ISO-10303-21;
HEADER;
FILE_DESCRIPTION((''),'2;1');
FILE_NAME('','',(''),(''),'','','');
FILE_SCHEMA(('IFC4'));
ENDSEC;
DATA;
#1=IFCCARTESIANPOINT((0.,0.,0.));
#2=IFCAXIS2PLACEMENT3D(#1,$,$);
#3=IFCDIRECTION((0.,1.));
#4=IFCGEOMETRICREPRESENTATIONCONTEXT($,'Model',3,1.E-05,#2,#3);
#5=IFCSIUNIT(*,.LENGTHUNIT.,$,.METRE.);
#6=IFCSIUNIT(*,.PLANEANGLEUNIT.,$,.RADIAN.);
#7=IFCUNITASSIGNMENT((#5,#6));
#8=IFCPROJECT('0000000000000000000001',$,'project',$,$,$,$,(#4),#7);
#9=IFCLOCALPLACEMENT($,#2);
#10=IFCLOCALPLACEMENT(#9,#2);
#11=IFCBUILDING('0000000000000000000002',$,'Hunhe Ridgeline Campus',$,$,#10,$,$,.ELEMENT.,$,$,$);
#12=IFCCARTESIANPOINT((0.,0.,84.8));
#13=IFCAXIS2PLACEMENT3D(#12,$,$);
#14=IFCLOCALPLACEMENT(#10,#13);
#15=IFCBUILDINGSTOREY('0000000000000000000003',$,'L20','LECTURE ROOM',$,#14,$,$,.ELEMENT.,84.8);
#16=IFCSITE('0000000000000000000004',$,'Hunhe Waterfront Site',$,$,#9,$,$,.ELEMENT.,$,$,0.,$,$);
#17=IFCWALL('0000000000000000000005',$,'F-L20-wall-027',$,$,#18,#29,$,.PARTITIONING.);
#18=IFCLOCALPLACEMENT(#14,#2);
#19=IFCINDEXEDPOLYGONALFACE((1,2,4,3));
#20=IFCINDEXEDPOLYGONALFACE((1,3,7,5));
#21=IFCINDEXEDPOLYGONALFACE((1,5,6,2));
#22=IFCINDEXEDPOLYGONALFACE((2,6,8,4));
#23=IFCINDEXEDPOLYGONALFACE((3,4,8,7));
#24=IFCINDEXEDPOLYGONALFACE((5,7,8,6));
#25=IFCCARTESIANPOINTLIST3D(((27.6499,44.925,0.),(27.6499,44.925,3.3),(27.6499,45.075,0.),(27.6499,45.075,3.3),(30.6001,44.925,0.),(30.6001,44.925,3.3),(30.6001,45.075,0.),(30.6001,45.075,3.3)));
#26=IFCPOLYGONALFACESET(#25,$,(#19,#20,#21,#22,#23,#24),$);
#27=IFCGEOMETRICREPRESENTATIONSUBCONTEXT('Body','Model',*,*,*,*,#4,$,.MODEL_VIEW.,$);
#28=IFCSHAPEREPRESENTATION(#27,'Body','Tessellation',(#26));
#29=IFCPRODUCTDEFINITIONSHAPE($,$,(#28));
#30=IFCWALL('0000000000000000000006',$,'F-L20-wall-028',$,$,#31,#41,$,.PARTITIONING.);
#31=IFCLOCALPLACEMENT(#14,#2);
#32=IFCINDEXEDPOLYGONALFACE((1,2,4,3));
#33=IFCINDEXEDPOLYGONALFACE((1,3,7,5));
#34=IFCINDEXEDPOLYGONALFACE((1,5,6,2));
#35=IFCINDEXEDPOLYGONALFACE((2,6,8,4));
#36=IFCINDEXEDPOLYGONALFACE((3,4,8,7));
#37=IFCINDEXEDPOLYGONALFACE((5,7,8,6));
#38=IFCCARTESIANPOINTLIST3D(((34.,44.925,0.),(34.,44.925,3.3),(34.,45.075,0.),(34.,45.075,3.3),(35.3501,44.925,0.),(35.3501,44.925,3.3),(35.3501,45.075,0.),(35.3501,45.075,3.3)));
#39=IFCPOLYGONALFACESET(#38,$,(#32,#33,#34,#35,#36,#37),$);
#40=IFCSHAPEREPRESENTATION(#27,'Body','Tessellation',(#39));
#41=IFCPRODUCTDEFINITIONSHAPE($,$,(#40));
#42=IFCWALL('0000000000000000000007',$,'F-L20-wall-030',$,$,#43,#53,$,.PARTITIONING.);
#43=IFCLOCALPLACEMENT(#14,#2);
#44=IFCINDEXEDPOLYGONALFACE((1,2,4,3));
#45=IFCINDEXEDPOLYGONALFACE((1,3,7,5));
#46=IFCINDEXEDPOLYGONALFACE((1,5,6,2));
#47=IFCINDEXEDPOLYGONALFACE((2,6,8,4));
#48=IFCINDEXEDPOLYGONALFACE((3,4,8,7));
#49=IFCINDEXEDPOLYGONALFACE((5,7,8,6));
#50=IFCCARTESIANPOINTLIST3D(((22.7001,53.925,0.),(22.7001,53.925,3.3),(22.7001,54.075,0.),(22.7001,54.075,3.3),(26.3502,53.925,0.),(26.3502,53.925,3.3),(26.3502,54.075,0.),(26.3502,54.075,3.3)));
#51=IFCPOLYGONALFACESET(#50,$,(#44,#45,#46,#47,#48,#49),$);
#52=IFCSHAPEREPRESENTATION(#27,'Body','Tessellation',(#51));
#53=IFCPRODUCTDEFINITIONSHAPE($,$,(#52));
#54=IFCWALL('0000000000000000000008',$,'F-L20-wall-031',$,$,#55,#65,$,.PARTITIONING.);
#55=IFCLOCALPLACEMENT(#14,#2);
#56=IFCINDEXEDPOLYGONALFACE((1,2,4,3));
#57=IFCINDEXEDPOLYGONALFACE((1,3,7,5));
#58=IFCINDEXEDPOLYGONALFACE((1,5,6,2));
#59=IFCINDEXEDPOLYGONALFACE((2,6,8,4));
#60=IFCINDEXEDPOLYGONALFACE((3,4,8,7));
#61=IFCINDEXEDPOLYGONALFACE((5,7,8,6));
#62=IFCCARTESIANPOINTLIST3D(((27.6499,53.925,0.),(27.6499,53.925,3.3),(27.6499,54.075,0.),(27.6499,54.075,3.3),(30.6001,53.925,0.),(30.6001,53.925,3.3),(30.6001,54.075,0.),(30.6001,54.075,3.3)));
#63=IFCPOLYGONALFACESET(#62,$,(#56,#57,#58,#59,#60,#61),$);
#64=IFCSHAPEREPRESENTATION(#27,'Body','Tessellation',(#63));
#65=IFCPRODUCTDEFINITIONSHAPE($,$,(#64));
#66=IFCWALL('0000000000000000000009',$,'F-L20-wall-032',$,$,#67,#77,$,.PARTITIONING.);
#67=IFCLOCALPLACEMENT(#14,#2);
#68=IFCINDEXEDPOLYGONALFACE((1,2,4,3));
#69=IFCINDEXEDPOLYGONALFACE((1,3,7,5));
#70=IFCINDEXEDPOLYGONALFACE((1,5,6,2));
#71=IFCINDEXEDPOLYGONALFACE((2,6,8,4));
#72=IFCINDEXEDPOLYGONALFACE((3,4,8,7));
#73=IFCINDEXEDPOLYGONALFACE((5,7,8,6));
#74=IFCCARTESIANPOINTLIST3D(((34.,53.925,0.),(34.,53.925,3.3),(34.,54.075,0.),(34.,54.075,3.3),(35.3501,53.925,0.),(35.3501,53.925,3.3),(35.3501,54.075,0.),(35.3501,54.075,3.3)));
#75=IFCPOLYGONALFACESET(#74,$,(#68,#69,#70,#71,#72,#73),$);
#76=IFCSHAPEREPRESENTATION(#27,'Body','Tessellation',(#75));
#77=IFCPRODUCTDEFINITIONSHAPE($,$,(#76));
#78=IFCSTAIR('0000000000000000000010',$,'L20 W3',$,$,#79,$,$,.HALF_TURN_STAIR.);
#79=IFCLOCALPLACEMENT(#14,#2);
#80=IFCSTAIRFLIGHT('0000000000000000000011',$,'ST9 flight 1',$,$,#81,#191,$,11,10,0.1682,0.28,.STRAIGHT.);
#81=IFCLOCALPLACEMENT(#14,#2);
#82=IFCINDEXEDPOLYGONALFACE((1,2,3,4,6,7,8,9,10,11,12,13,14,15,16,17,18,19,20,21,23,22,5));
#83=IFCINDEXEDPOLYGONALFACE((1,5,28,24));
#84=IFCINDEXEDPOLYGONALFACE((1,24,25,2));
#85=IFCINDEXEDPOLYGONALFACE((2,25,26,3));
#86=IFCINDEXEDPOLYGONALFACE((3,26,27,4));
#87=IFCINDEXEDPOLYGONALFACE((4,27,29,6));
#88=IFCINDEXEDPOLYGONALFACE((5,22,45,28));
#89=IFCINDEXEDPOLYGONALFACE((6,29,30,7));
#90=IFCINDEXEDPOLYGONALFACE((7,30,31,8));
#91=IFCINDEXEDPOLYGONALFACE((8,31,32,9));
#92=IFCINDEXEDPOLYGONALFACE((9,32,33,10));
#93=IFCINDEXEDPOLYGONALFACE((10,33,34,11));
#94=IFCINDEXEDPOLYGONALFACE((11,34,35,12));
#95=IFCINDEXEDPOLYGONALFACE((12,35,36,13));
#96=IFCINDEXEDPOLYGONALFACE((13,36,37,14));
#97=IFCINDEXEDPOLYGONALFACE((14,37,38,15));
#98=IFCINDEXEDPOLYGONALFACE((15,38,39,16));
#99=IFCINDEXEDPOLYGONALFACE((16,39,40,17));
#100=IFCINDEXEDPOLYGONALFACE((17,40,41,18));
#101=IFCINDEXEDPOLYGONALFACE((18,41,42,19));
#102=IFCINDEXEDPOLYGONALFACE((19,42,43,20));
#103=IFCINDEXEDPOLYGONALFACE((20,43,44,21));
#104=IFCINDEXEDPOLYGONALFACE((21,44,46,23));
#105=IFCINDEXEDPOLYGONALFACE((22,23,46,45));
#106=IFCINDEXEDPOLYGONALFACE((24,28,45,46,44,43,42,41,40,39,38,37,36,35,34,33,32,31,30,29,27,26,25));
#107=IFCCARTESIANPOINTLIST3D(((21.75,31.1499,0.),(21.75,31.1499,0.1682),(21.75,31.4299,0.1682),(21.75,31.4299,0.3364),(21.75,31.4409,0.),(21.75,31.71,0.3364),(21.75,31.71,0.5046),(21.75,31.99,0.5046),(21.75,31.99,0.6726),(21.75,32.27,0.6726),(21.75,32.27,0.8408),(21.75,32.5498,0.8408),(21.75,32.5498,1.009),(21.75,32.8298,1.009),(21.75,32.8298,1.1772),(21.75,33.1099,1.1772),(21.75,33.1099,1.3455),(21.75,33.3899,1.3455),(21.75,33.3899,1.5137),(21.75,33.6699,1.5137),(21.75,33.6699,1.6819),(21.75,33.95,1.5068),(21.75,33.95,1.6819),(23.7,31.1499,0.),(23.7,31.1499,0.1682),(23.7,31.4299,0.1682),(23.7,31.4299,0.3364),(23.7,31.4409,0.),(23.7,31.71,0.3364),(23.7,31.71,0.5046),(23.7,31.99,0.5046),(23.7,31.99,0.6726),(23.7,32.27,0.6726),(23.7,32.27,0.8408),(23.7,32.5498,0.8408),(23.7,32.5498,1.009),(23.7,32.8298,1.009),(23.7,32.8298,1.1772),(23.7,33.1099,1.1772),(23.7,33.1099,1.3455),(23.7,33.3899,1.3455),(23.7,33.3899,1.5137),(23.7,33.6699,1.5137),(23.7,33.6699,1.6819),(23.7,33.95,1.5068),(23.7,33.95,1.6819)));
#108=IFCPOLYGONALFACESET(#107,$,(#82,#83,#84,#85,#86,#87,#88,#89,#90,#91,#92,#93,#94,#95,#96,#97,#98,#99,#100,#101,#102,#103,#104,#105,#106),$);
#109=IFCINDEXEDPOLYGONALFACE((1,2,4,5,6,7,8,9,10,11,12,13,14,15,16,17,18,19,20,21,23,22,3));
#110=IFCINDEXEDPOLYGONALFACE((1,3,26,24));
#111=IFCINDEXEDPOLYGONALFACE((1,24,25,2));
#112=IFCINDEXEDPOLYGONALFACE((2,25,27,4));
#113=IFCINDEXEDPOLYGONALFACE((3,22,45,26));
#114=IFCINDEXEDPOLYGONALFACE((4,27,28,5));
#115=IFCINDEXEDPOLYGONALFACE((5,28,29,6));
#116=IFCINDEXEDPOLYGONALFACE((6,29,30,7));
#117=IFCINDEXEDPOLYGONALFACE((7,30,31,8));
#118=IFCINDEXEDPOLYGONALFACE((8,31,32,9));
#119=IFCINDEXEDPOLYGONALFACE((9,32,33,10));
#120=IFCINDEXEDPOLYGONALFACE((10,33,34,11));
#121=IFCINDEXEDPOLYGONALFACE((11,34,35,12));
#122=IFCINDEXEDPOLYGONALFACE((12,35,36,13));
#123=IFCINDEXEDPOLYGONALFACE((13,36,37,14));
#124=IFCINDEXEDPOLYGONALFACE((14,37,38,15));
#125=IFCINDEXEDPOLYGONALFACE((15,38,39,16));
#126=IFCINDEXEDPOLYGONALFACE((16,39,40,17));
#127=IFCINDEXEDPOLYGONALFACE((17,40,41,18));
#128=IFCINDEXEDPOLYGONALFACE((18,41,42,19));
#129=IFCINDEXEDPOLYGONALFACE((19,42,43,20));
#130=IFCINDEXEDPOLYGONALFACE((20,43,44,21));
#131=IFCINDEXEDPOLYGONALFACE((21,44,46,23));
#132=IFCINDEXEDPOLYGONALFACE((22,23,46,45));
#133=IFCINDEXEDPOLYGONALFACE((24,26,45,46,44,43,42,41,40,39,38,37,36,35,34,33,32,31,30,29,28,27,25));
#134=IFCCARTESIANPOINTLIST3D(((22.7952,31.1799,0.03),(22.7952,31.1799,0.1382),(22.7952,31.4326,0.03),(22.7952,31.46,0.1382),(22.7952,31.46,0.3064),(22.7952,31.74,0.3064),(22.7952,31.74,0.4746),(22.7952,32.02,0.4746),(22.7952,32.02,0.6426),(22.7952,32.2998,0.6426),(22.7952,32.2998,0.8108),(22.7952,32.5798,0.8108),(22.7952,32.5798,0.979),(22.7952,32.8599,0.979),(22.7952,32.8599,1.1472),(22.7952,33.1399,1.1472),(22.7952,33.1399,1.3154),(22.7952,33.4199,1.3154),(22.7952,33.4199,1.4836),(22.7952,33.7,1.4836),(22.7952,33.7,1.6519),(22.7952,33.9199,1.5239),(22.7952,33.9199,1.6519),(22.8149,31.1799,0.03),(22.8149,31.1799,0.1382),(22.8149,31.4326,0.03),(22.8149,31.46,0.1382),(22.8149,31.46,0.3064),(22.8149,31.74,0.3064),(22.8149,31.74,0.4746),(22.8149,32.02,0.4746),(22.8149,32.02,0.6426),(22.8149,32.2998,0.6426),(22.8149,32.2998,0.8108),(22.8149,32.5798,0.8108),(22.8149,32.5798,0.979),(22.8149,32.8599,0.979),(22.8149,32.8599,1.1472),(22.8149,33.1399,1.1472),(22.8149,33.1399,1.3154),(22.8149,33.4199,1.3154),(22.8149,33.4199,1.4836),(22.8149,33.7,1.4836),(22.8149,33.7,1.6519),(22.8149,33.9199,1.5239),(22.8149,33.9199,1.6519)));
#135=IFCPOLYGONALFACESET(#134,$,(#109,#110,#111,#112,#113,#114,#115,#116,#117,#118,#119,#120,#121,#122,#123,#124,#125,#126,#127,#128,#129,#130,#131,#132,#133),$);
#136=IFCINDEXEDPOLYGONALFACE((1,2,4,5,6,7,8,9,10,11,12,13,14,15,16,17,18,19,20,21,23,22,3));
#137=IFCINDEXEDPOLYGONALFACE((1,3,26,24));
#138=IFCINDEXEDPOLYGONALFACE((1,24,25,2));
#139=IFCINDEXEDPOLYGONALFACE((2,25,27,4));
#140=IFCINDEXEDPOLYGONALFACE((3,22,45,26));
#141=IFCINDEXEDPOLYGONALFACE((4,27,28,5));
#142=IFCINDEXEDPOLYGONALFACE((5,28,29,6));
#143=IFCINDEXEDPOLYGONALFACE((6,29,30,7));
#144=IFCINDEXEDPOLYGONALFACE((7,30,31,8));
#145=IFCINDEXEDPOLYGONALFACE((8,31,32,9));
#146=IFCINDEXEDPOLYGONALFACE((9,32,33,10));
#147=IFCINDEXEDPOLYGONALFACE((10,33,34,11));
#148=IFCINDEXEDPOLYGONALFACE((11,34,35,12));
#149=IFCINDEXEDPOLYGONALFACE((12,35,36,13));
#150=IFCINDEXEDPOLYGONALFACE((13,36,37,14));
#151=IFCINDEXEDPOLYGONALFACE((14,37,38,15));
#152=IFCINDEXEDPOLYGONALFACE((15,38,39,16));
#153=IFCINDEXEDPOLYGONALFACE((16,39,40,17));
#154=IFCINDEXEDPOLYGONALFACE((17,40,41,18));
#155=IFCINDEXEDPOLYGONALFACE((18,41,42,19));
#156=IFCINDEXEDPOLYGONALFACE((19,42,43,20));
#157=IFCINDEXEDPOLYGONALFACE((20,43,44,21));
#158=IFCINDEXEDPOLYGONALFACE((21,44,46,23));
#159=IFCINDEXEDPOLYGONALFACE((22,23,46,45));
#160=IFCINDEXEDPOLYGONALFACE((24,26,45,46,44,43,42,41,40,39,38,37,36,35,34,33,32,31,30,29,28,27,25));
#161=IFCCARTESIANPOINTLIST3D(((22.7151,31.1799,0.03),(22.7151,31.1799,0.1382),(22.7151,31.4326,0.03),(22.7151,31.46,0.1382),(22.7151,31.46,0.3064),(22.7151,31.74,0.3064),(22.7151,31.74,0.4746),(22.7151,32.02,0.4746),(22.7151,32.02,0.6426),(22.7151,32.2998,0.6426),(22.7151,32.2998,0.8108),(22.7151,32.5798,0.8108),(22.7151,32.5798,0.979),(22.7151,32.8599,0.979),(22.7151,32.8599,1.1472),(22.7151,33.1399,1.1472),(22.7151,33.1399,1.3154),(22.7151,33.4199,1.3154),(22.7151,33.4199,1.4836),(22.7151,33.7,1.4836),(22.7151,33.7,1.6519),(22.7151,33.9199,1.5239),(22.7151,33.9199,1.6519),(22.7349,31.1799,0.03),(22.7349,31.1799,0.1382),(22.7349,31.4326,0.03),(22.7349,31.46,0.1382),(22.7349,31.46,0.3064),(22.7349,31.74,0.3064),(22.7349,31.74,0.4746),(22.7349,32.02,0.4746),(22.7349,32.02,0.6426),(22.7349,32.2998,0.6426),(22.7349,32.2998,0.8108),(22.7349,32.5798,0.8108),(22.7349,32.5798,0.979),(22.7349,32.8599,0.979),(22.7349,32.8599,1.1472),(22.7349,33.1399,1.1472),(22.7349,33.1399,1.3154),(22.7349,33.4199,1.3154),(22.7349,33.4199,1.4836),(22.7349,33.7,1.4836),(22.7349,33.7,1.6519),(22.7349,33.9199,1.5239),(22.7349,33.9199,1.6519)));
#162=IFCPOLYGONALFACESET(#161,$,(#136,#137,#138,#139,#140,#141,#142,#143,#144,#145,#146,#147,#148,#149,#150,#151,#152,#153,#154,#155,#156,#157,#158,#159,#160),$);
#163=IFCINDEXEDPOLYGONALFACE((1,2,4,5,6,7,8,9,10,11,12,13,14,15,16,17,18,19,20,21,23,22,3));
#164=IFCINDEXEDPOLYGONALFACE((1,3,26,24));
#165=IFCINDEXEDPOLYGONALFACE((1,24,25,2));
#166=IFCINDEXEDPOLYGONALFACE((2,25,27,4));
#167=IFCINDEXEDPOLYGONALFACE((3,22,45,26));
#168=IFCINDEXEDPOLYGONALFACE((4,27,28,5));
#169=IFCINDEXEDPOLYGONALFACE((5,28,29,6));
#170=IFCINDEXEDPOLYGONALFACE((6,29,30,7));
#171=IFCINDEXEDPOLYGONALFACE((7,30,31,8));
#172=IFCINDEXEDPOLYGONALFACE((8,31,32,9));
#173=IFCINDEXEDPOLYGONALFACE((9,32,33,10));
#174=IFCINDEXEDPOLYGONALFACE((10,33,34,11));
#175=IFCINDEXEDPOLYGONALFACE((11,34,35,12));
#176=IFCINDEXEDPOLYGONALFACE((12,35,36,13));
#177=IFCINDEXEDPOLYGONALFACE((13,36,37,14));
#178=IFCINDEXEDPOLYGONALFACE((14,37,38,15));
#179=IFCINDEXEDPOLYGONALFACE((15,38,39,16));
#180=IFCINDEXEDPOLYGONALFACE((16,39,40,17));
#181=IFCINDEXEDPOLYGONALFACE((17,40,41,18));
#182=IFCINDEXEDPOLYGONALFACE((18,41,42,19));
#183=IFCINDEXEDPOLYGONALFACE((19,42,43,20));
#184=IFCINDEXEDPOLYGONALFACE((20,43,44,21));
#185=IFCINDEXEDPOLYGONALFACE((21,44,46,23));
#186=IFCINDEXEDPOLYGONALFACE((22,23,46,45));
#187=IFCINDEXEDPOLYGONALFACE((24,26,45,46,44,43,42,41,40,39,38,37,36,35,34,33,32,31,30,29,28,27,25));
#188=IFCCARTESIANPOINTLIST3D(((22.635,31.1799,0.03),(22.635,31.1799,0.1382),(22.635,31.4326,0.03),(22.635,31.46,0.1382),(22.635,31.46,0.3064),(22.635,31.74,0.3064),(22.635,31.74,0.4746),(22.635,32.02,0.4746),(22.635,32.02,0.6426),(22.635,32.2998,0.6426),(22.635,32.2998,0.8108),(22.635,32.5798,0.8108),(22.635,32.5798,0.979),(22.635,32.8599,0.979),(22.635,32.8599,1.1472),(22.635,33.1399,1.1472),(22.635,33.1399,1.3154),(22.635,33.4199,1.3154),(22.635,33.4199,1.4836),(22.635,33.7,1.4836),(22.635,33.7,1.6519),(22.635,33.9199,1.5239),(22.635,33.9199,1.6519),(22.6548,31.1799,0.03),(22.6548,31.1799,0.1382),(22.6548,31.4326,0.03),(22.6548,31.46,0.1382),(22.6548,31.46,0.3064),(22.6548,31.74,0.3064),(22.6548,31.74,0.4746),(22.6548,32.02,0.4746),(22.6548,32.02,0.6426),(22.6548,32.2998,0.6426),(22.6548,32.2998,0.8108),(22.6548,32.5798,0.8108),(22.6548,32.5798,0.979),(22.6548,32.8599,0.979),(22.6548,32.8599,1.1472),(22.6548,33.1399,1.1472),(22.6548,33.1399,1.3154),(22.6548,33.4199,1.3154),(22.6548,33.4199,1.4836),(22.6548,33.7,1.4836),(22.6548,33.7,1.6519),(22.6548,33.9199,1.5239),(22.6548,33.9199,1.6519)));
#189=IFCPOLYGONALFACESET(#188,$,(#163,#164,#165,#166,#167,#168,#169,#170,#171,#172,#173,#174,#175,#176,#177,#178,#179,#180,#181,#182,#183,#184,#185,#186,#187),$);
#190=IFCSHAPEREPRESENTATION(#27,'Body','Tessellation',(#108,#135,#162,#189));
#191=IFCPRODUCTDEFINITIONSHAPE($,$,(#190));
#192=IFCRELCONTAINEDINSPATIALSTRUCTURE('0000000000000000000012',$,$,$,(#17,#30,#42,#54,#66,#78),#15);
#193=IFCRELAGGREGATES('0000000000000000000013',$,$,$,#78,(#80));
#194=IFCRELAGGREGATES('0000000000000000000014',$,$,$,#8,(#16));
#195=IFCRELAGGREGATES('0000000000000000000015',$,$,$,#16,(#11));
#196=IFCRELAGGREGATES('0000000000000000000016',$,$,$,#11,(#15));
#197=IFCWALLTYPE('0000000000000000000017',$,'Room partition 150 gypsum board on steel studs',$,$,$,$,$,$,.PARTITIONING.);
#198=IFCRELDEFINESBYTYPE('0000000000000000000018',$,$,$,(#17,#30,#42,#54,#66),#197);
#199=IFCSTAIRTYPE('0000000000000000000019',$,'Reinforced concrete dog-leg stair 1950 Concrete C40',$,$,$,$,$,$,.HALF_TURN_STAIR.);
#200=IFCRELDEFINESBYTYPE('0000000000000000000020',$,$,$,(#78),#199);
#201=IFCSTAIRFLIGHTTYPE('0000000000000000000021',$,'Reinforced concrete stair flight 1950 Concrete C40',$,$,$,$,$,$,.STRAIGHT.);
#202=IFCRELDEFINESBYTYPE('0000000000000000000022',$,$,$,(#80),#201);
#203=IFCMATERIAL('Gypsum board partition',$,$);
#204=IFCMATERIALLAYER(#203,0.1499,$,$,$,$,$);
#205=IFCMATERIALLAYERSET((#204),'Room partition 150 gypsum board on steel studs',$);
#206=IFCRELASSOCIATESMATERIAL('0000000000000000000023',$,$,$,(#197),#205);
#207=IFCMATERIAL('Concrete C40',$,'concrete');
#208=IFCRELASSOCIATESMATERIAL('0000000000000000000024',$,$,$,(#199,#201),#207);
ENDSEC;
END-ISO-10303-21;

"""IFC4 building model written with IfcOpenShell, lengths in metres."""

from ifc_helpers import new_model, si_unit, direction, frame, frame_2d, origin, place, context, subcontext, project, spatial, polyline, rectangle, outline, extrude, material, layer, layer_set, type_object, element, aggregate, save


model = new_model("IFC4")

# Units and contexts
model_context = context("Model", 3, precision=1e-05, world=origin(), true_north=direction((0.0, 1.0)))
body_context = subcontext(model_context, "Body", "Model", "MODEL_VIEW")
ifc_project = project(units=[si_unit("LENGTHUNIT", "METRE"), si_unit("PLANEANGLEUNIT", "RADIAN")], contexts=[model_context])

# Site, building, storey
site_placement = place(None, origin())
site = spatial("IfcSite", under=ifc_project, at=site_placement, Name="Hunhe Waterfront Site", CompositionType="ELEMENT", RefElevation=0.0)
building_placement = place(site_placement, origin())
building = spatial("IfcBuilding", under=site, at=building_placement, Name="Hunhe Ridgeline Campus", CompositionType="ELEMENT")
storey_placement = place(building_placement, frame((0.0, 0.0, 84.8)))
storey = spatial("IfcBuildingStorey", under=building, at=storey_placement, Name="L20", Description="LECTURE ROOM", CompositionType="ELEMENT", Elevation=84.8)

# Shared definitions
ifc_material_1 = material(Name="Gypsum board partition")

# Walls
ifc_layer_1 = layer(ifc_material_1, 0.1499)
ifc_layer_set_1 = layer_set([ifc_layer_1], Name="Room partition 150 gypsum board on steel studs")
wall_type_1 = type_object("IfcWallType", Name="Room partition 150 gypsum board on steel studs", PredefinedType="PARTITIONING", material=ifc_layer_set_1)
wall_1_placement = place(storey_placement, frame((27.6499, 45.0, 0.0), z_axis=(0.0, 0.0, 1.0), x_axis=(1.0, 0.0, 0.0)))
element("IfcWall", 1, at=wall_1_placement, inside=storey, type_object=wall_type_1, Name="F-L20-wall-027", PredefinedType="PARTITIONING", context=body_context, shape_type="SweptSolid", body=[
    extrude(rectangle(XDim=2.9502, YDim=0.1499, at=frame_2d((1.4751, 0.0))), origin(), (0.0, 0.0, 1.0), 3.3),
])
wall_2_placement = place(storey_placement, frame((34.0, 45.0, 0.0), z_axis=(0.0, 0.0, 1.0), x_axis=(1.0, 0.0, 0.0)))
element("IfcWall", 2, at=wall_2_placement, inside=storey, type_object=wall_type_1, Name="F-L20-wall-028", PredefinedType="PARTITIONING", context=body_context, shape_type="SweptSolid", body=[
    extrude(rectangle(XDim=1.3501, YDim=0.1499, at=frame_2d((0.675, 0.0))), origin(), (0.0, 0.0, 1.0), 3.3),
])
wall_3_placement = place(storey_placement, frame((22.7, 54.0, 0.0), z_axis=(0.0, 0.0, 1.0), x_axis=(1.0, 0.0, 0.0)))
element("IfcWall", 3, at=wall_3_placement, inside=storey, type_object=wall_type_1, Name="F-L20-wall-030", PredefinedType="PARTITIONING", context=body_context, shape_type="SweptSolid", body=[
    extrude(rectangle(XDim=3.6501, YDim=0.1499, at=frame_2d((1.8252, 0.0))), origin(), (0.0, 0.0, 1.0), 3.3),
])
wall_4_placement = place(storey_placement, frame((27.6499, 54.0, 0.0), z_axis=(0.0, 0.0, 1.0), x_axis=(1.0, 0.0, 0.0)))
element("IfcWall", 4, at=wall_4_placement, inside=storey, type_object=wall_type_1, Name="F-L20-wall-031", PredefinedType="PARTITIONING", context=body_context, shape_type="SweptSolid", body=[
    extrude(rectangle(XDim=2.9502, YDim=0.1499, at=frame_2d((1.4751, 0.0))), origin(), (0.0, 0.0, 1.0), 3.3),
])
wall_5_placement = place(storey_placement, frame((34.0, 54.0, 0.0), z_axis=(0.0, 0.0, 1.0), x_axis=(1.0, 0.0, 0.0)))
element("IfcWall", 5, at=wall_5_placement, inside=storey, type_object=wall_type_1, Name="F-L20-wall-032", PredefinedType="PARTITIONING", context=body_context, shape_type="SweptSolid", body=[
    extrude(rectangle(XDim=1.3501, YDim=0.1499, at=frame_2d((0.675, 0.0))), origin(), (0.0, 0.0, 1.0), 3.3),
])

# Stair, stair flight
ifc_material_2 = material(Name="Concrete C40", Category="concrete")
stair_type = type_object("IfcStairType", Name="Reinforced concrete dog-leg stair 1950 Concrete C40", PredefinedType="HALF_TURN_STAIR", material=ifc_material_2)
stair_placement = place(storey_placement, origin())
stair = element("IfcStair", 6, at=stair_placement, inside=storey, type_object=stair_type, Name="L20 W3", PredefinedType="HALF_TURN_STAIR")
stair_flight_type = type_object("IfcStairFlightType", Name="Reinforced concrete stair flight 1950 Concrete C40", PredefinedType="STRAIGHT", material=ifc_material_2)
stair_flight_placement = place(storey_placement, frame((22.7251, 31.1499, 0.0), z_axis=(0.0, 0.0, 1.0), x_axis=(0.0, 1.0, 0.0)))
stair_flight = element("IfcStairFlight", 7, at=stair_flight_placement, type_object=stair_flight_type, Name="ST9 flight 1", NumberOfRisers=11, NumberOfTreads=10, PredefinedType="STRAIGHT", RiserHeight=0.1682, TreadLength=0.28, context=body_context, shape_type="SweptSolid", body=[
    extrude(outline(polyline([(0.0, 0.0), (0.0, 0.1682), (0.28, 0.1682), (0.28, 0.3364), (0.5601, 0.3364), (0.5601, 0.5046), (0.8401, 0.5046), (0.8401, 0.6726), (1.1201, 0.6726), (1.1201, 0.8408), (1.3999, 0.8408), (1.3999, 1.009), (1.6799, 1.009), (1.6799, 1.1772), (1.96, 1.1772), (1.96, 1.3455), (2.24, 1.3455), (2.24, 1.5137), (2.52, 1.5137), (2.52, 1.6819), (2.8, 1.6819), (2.8, 1.8501), (2.8, 1.5068), (0.291, 0.0), (0.0, 0.0)])), frame((0.0, 0.9751, 0.0), z_axis=(0.0, -1.0, 0.0), x_axis=(1.0, 0.0, 0.0)), (0.0, 0.0, 1.0), 1.95),
    extrude(outline(polyline([(0.03, 0.03), (0.03, 0.1382), (0.3101, 0.1382), (0.3101, 0.3064), (0.5901, 0.3064), (0.5901, 0.4746), (0.8701, 0.4746), (0.8701, 0.6426), (1.1499, 0.6426), (1.1499, 0.8108), (1.4299, 0.8108), (1.4299, 0.979), (1.71, 0.979), (1.71, 1.1472), (1.99, 1.1472), (1.99, 1.3154), (2.27, 1.3154), (2.27, 1.4836), (2.55, 1.4836), (2.55, 1.6519), (2.77, 1.6519), (2.77, 1.5239), (0.2827, 0.03), (0.03, 0.03)])), frame((0.0, -0.0701, 0.0), z_axis=(0.0, -1.0, 0.0), x_axis=(1.0, 0.0, 0.0)), (0.0, 0.0, 1.0), 0.0198),
    extrude(outline(polyline([(0.03, 0.03), (0.03, 0.1382), (0.3101, 0.1382), (0.3101, 0.3064), (0.5901, 0.3064), (0.5901, 0.4746), (0.8701, 0.4746), (0.8701, 0.6426), (1.1499, 0.6426), (1.1499, 0.8108), (1.4299, 0.8108), (1.4299, 0.979), (1.71, 0.979), (1.71, 1.1472), (1.99, 1.1472), (1.99, 1.3154), (2.27, 1.3154), (2.27, 1.4836), (2.55, 1.4836), (2.55, 1.6519), (2.77, 1.6519), (2.77, 1.5239), (0.2827, 0.03), (0.03, 0.03)])), frame((0.0, 0.01, 0.0), z_axis=(0.0, -1.0, 0.0), x_axis=(1.0, 0.0, 0.0)), (0.0, 0.0, 1.0), 0.0198),
    extrude(outline(polyline([(0.03, 0.03), (0.03, 0.1382), (0.3101, 0.1382), (0.3101, 0.3064), (0.5901, 0.3064), (0.5901, 0.4746), (0.8701, 0.4746), (0.8701, 0.6426), (1.1499, 0.6426), (1.1499, 0.8108), (1.4299, 0.8108), (1.4299, 0.979), (1.71, 0.979), (1.71, 1.1472), (1.99, 1.1472), (1.99, 1.3154), (2.27, 1.3154), (2.27, 1.4836), (2.55, 1.4836), (2.55, 1.6519), (2.77, 1.6519), (2.77, 1.5239), (0.2827, 0.03), (0.03, 0.03)])), frame((0.0, 0.0901, 0.0), z_axis=(0.0, -1.0, 0.0), x_axis=(1.0, 0.0, 0.0)), (0.0, 0.0, 1.0), 0.0198),
])
aggregate(stair, [stair_flight])

save(model, "model.ifc")
